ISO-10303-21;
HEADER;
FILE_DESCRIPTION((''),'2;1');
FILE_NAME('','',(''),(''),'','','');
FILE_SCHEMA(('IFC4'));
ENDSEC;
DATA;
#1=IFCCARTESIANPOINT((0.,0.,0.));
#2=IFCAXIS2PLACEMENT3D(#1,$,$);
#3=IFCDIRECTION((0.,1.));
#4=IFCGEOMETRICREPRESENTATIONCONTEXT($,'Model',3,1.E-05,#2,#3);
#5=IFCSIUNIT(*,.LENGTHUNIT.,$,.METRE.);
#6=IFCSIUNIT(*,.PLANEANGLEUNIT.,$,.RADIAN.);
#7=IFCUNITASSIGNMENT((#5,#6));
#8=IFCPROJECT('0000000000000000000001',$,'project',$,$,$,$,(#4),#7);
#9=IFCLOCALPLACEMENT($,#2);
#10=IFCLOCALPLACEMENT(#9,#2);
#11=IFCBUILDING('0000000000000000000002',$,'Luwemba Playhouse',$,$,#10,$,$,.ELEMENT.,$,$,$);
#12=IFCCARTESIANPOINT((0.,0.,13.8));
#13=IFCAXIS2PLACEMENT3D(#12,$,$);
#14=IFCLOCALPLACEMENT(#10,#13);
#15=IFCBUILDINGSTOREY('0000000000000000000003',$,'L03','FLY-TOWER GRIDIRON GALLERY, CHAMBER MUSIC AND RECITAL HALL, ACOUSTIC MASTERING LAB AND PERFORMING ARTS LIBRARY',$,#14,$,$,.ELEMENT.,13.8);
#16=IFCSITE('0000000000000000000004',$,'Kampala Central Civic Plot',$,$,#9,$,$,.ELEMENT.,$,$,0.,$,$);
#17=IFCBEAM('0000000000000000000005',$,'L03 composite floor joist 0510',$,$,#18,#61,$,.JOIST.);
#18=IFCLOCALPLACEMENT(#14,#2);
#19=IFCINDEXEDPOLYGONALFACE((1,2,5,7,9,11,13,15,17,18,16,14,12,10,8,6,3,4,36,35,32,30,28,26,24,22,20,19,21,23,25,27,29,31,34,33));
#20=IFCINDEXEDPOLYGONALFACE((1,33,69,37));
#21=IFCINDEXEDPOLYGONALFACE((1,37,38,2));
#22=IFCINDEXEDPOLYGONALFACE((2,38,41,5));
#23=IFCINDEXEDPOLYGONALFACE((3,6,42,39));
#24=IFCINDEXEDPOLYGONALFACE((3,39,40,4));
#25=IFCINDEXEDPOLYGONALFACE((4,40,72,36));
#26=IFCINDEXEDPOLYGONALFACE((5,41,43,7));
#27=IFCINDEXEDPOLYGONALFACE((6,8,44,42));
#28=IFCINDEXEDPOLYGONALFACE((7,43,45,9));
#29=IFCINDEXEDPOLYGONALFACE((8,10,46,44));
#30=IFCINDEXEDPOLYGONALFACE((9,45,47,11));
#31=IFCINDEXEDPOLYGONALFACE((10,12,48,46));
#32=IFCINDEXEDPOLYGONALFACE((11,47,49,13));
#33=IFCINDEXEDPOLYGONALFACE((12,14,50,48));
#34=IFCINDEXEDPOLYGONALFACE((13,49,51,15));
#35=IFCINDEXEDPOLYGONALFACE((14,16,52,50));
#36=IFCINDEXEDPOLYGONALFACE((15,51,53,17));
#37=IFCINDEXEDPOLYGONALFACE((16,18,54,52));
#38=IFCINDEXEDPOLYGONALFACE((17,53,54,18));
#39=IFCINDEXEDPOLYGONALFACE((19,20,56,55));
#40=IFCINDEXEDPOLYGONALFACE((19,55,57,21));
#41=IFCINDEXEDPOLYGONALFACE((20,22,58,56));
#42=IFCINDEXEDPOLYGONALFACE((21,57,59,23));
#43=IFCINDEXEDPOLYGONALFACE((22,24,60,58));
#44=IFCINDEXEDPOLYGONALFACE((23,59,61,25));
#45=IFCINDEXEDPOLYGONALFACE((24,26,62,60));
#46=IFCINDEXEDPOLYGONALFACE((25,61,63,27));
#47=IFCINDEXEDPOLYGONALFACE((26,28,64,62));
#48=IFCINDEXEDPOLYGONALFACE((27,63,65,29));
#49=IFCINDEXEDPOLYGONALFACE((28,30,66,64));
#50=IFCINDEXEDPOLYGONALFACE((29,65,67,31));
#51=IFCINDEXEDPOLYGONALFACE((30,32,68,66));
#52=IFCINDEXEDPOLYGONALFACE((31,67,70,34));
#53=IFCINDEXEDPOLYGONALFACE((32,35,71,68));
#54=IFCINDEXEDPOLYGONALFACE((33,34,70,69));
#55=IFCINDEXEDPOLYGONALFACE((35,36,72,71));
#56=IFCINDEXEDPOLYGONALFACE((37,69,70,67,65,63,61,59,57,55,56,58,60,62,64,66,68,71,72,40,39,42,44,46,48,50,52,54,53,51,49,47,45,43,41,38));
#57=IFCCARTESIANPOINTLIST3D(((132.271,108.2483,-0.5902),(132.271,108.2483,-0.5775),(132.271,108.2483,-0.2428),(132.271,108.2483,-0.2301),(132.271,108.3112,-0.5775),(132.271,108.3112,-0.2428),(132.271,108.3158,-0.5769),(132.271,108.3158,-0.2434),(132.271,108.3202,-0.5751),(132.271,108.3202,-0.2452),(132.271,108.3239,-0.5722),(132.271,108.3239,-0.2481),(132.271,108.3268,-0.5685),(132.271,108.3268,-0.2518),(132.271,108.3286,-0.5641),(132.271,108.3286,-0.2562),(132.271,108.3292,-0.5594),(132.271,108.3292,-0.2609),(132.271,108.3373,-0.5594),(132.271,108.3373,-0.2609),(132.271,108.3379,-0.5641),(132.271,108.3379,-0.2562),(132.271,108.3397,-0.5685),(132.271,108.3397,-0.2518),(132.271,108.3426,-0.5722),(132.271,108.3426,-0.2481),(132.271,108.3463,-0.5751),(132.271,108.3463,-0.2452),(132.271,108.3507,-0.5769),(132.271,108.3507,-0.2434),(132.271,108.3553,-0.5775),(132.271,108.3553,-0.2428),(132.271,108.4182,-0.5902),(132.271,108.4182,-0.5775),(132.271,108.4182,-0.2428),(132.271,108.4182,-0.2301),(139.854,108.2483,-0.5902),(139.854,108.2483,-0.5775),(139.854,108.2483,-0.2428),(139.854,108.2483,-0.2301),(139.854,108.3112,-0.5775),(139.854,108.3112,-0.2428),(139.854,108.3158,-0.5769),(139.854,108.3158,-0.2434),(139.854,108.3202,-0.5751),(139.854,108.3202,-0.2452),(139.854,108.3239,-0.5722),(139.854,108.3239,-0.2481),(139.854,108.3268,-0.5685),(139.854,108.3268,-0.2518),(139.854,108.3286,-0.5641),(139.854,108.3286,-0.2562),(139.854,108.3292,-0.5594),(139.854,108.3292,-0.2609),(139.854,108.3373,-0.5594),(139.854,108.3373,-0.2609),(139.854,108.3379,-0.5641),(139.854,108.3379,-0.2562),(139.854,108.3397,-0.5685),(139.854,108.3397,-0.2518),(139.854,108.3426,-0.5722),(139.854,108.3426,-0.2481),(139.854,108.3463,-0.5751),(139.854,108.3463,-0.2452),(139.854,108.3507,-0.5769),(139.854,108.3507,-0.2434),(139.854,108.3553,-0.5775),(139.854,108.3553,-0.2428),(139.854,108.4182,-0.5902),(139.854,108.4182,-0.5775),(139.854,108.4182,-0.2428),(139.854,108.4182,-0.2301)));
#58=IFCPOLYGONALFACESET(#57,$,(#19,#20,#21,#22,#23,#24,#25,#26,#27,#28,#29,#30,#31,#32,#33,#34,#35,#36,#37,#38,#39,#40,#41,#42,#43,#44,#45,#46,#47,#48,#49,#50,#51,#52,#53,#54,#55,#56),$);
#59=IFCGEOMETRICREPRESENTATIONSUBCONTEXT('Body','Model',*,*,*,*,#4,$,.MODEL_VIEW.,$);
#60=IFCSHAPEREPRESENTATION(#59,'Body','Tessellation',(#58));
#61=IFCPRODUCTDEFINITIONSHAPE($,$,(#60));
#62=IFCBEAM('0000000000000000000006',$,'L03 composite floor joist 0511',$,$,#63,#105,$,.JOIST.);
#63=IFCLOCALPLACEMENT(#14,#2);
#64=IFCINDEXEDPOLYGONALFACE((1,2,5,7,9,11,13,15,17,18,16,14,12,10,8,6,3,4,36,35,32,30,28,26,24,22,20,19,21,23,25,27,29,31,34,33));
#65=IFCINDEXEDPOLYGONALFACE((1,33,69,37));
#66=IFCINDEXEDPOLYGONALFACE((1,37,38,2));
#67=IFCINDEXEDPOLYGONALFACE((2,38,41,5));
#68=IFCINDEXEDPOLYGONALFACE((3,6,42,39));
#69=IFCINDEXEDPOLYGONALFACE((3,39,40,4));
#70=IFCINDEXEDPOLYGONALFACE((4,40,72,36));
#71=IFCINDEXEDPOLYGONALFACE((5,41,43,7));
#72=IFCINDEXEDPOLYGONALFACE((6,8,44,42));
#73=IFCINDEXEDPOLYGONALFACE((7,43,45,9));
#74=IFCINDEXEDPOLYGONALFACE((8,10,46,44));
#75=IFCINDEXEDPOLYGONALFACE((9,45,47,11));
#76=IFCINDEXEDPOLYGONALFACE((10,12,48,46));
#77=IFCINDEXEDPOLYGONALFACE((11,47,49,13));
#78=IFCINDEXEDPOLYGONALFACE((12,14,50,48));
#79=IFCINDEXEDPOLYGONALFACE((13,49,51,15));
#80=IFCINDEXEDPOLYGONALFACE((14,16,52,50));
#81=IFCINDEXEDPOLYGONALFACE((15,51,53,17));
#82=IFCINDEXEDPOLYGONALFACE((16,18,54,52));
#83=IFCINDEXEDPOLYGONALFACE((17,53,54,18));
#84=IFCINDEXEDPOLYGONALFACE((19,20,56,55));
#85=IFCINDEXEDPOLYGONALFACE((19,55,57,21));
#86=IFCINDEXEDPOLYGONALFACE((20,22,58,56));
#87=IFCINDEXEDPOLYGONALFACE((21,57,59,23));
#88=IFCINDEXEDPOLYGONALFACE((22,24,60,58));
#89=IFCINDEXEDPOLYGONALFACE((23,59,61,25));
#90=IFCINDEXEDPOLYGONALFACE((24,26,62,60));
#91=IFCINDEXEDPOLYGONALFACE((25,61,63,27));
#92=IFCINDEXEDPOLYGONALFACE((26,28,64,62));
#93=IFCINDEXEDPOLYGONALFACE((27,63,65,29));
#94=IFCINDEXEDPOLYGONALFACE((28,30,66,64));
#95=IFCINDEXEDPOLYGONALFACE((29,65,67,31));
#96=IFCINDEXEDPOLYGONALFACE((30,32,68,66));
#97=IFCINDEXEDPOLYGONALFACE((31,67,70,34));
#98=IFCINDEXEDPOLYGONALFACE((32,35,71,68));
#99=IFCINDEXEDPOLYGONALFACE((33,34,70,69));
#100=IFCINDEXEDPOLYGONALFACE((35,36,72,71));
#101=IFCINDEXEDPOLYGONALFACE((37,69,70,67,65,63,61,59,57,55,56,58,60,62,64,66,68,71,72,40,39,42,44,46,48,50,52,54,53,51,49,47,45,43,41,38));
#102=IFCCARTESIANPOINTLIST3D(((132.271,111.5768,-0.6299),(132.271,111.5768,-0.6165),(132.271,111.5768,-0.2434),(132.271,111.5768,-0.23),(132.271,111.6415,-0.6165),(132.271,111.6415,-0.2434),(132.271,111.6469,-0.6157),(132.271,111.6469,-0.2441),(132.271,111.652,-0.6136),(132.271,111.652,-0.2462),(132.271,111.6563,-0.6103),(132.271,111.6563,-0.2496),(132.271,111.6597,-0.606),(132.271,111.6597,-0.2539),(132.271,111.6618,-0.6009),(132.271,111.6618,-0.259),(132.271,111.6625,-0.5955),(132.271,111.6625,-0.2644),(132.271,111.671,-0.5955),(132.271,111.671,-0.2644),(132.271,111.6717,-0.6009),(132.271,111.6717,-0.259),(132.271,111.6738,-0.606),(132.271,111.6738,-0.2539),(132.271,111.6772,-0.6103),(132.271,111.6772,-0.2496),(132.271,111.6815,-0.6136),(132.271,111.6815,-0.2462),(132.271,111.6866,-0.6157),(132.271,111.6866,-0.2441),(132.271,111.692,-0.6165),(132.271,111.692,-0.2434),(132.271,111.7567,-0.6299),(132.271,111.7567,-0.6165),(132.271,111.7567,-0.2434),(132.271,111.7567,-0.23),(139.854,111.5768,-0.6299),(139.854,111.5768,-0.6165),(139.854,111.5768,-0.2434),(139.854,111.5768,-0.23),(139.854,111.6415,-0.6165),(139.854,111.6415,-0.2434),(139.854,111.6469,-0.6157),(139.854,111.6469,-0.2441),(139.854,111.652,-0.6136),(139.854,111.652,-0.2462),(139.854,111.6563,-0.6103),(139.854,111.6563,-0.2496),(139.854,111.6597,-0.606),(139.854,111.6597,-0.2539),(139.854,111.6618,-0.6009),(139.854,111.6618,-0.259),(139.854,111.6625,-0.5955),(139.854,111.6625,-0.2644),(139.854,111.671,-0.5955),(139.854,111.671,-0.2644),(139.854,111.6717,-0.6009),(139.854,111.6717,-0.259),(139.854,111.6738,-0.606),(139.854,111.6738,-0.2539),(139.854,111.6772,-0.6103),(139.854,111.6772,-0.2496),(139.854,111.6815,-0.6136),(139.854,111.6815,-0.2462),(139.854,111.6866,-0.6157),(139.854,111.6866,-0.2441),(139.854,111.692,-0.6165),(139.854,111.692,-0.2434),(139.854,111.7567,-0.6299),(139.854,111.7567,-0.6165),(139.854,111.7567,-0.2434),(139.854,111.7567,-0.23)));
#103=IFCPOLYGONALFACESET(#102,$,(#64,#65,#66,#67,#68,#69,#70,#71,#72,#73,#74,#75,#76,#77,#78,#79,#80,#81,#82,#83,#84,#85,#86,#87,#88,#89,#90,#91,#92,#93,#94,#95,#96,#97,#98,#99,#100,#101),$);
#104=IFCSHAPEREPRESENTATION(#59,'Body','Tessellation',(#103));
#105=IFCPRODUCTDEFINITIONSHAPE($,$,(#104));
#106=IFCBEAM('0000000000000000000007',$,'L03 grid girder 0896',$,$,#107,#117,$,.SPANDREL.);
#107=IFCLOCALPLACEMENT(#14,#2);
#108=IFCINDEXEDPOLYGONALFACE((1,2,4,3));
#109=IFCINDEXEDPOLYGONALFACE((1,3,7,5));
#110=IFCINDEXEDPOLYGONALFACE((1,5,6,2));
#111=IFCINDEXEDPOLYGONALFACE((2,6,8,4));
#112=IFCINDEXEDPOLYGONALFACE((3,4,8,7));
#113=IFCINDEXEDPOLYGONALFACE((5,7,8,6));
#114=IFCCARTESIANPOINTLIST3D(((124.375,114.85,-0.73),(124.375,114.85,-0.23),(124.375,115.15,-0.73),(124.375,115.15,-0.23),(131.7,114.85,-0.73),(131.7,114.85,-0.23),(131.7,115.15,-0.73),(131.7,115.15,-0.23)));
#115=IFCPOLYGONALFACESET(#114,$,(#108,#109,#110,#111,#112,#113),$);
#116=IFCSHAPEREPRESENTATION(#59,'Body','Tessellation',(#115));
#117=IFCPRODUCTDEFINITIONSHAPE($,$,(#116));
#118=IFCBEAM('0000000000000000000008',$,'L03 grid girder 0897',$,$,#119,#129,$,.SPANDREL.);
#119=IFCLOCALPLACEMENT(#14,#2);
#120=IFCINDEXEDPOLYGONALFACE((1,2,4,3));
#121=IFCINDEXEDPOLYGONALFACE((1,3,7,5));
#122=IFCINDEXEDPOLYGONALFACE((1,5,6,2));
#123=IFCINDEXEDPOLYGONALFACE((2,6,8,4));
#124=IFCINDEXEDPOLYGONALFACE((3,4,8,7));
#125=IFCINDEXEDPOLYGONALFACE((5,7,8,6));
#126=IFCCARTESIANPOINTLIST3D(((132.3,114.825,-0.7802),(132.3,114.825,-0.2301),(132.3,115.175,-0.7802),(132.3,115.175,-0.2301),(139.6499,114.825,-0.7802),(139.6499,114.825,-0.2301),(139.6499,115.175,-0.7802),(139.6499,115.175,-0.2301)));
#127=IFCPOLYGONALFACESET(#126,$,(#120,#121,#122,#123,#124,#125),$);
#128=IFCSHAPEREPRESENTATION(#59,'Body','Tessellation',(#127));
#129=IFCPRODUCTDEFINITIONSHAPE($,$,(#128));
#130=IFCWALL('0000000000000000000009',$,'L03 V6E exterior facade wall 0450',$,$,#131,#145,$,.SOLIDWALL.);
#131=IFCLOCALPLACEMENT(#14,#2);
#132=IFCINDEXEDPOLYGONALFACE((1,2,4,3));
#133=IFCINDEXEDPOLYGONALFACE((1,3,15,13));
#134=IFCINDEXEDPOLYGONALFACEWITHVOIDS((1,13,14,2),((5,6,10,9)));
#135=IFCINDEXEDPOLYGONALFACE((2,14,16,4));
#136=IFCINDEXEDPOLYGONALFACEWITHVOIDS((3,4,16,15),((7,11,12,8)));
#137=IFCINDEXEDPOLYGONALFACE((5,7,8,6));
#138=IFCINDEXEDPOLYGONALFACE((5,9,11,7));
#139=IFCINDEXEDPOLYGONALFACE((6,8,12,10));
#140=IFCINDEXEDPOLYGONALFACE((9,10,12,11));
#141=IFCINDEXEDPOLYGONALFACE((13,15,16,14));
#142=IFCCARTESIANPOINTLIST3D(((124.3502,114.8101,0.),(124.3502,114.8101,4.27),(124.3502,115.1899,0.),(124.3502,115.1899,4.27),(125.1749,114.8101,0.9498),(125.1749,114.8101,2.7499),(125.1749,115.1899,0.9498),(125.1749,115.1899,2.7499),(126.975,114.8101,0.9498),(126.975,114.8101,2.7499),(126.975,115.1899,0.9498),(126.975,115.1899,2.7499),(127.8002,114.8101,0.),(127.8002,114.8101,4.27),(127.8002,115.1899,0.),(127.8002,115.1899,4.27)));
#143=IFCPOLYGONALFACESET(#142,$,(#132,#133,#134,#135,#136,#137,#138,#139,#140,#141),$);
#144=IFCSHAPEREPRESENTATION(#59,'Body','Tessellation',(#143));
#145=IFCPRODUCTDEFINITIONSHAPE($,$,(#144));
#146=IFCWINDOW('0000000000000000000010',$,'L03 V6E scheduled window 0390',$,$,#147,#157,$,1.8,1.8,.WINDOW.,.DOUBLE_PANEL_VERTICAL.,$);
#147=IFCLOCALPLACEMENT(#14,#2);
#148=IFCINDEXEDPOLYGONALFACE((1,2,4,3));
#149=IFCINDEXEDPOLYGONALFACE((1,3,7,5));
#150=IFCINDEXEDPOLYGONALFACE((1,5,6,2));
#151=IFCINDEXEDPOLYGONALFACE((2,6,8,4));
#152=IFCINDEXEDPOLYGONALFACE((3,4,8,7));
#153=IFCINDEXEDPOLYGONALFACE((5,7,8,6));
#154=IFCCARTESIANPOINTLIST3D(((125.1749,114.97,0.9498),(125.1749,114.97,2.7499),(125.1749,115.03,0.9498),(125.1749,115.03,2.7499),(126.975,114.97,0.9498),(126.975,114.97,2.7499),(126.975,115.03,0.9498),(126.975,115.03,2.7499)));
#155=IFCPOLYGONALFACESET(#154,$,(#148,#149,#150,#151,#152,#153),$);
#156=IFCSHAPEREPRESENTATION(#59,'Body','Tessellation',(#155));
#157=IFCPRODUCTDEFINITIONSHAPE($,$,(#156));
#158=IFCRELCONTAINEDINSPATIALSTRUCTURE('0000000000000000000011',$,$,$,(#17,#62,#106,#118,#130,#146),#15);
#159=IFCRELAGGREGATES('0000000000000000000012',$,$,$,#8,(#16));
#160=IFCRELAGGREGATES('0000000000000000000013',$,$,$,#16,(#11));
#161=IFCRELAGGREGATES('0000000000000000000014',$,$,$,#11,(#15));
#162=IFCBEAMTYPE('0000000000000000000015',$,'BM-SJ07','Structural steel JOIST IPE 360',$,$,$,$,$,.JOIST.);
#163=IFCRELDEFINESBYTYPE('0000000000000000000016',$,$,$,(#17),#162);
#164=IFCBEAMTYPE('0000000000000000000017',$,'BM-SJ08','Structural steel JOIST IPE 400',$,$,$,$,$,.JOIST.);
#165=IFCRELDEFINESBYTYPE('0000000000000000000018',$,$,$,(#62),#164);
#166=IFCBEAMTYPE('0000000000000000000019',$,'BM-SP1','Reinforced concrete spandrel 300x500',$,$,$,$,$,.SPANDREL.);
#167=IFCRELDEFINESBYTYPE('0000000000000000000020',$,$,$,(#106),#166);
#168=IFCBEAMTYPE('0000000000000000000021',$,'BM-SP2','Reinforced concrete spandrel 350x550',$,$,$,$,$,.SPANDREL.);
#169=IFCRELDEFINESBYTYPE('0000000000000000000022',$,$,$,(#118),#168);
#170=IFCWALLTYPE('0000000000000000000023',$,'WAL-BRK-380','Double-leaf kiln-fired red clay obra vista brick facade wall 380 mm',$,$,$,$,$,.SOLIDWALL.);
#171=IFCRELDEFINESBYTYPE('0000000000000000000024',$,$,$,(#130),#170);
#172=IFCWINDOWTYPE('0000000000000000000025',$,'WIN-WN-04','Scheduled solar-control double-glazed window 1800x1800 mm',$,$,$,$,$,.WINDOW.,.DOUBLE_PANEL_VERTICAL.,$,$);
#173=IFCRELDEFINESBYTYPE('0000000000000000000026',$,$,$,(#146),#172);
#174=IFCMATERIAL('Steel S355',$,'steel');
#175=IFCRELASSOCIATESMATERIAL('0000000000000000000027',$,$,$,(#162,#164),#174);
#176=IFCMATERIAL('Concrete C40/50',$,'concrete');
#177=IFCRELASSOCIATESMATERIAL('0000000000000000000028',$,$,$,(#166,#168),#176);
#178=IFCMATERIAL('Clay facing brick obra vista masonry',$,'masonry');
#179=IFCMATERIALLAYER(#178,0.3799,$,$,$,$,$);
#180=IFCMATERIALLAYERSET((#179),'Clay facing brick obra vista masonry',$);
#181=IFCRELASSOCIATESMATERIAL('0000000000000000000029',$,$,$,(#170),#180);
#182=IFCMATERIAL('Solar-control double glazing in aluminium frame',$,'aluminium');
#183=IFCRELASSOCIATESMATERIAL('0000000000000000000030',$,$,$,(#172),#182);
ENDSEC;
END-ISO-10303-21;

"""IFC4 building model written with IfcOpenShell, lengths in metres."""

from ifc_helpers import new_model, si_unit, direction, frame, frame_2d, origin, origin_2d, place, context, subcontext, project, spatial, rectangle, i_section, extrude, material, layer, layer_set, material_profile, profile_set, type_object, element, fill, save


model = new_model("IFC4")

# Units and contexts
model_context = context("Model", 3, precision=1e-05, world=origin(), true_north=direction((0.0, 1.0)))
body_context = subcontext(model_context, "Body", "Model", "MODEL_VIEW")
ifc_project = project(units=[si_unit("LENGTHUNIT", "METRE"), si_unit("PLANEANGLEUNIT", "RADIAN")], contexts=[model_context])

# Site, building, storey
site_placement = place(None, origin())
site = spatial("IfcSite", under=ifc_project, at=site_placement, Name="Kampala Central Civic Plot", CompositionType="ELEMENT", RefElevation=0.0)
building_placement = place(site_placement, origin())
building = spatial("IfcBuilding", under=site, at=building_placement, Name="Luwemba Playhouse", CompositionType="ELEMENT")
storey_placement = place(building_placement, frame((0.0, 0.0, 13.8)))
storey = spatial("IfcBuildingStorey", under=building, at=storey_placement, Name="L03", Description="FLY-TOWER GRIDIRON GALLERY, CHAMBER MUSIC AND RECITAL HALL, ACOUSTIC MASTERING LAB AND PERFORMING ARTS LIBRARY", CompositionType="ELEMENT", Elevation=13.8)

# Shared definitions
ifc_material_1 = material(Name="Concrete C40/50", Category="concrete")

# Beams
ifc_material_2 = material(Name="Steel S355", Category="steel")
ifc_material_profile_1 = material_profile(ifc_material_2, i_section(OverallWidth=0.1699, OverallDepth=0.3601, WebThickness=0.0081, FlangeThickness=0.0127, FilletRadius=0.0181, at=origin_2d()))
ifc_profile_set_1 = profile_set([ifc_material_profile_1], Name="Steel S355")
beam_type_1 = type_object("IfcBeamType", Name="BM-SJ07", Description="Structural steel JOIST IPE 360", PredefinedType="JOIST", material=ifc_profile_set_1)
beam_1_placement = place(storey_placement, frame((132.271, 108.3333, -0.4102), z_axis=(1.0, 0.0, 0.0), x_axis=(0.0, 1.0, 0.0)))
element("IfcBeam", 1, at=beam_1_placement, inside=storey, type_object=beam_type_1, Name="L03 composite floor joist 0510", PredefinedType="JOIST", context=body_context, shape_type="SweptSolid", body=[
    extrude(i_section(OverallWidth=0.1699, OverallDepth=0.3601, WebThickness=0.0081, FlangeThickness=0.0127, FilletRadius=0.0181, at=origin_2d()), origin(), (0.0, 0.0, 1.0), 7.583),
])
ifc_material_profile_2 = material_profile(ifc_material_2, i_section(OverallWidth=0.1799, OverallDepth=0.3999, WebThickness=0.0085, FlangeThickness=0.0134, FilletRadius=0.021, at=origin_2d()))
ifc_profile_set_2 = profile_set([ifc_material_profile_2], Name="Steel S355")
beam_type_2 = type_object("IfcBeamType", Name="BM-SJ08", Description="Structural steel JOIST IPE 400", PredefinedType="JOIST", material=ifc_profile_set_2)
beam_2_placement = place(storey_placement, frame((132.271, 111.6667, -0.4299), z_axis=(1.0, 0.0, 0.0), x_axis=(0.0, 1.0, 0.0)))
element("IfcBeam", 2, at=beam_2_placement, inside=storey, type_object=beam_type_2, Name="L03 composite floor joist 0511", PredefinedType="JOIST", context=body_context, shape_type="SweptSolid", body=[
    extrude(i_section(OverallWidth=0.1799, OverallDepth=0.3999, WebThickness=0.0085, FlangeThickness=0.0134, FilletRadius=0.021, at=origin_2d()), origin(), (0.0, 0.0, 1.0), 7.583),
])
ifc_material_profile_3 = material_profile(ifc_material_1, rectangle(XDim=0.3, YDim=0.5, at=origin_2d()))
ifc_profile_set_3 = profile_set([ifc_material_profile_3], Name="Concrete C40/50")
beam_type_3 = type_object("IfcBeamType", Name="BM-SP1", Description="Reinforced concrete spandrel 300x500", PredefinedType="SPANDREL", material=ifc_profile_set_3)
beam_3_placement = place(storey_placement, frame((124.375, 115.0, -0.48), z_axis=(1.0, 0.0, 0.0), x_axis=(0.0, 1.0, 0.0)))
element("IfcBeam", 3, at=beam_3_placement, inside=storey, type_object=beam_type_3, Name="L03 grid girder 0896", PredefinedType="SPANDREL", context=body_context, shape_type="SweptSolid", body=[
    extrude(rectangle(XDim=0.3, YDim=0.5, at=origin_2d()), origin(), (0.0, 0.0, 1.0), 7.325),
])
ifc_material_profile_4 = material_profile(ifc_material_1, rectangle(XDim=0.3501, YDim=0.55, at=origin_2d()))
ifc_profile_set_4 = profile_set([ifc_material_profile_4], Name="Concrete C40/50")
beam_type_4 = type_object("IfcBeamType", Name="BM-SP2", Description="Reinforced concrete spandrel 350x550", PredefinedType="SPANDREL", material=ifc_profile_set_4)
beam_4_placement = place(storey_placement, frame((132.3, 115.0, -0.5051), z_axis=(1.0, 0.0, 0.0), x_axis=(0.0, 1.0, 0.0)))
element("IfcBeam", 4, at=beam_4_placement, inside=storey, type_object=beam_type_4, Name="L03 grid girder 0897", PredefinedType="SPANDREL", context=body_context, shape_type="SweptSolid", body=[
    extrude(rectangle(XDim=0.3501, YDim=0.55, at=origin_2d()), origin(), (0.0, 0.0, 1.0), 7.3499),
])

# Wall, opening, window
ifc_material_3 = material(Name="Clay facing brick obra vista masonry", Category="masonry")
ifc_layer_1 = layer(ifc_material_3, 0.3799)
ifc_layer_set_1 = layer_set([ifc_layer_1], Name="Clay facing brick obra vista masonry")
wall_type_1 = type_object("IfcWallType", Name="WAL-BRK-380", Description="Double-leaf kiln-fired red clay obra vista brick facade wall 380 mm", PredefinedType="SOLIDWALL", material=ifc_layer_set_1)
wall_1_placement = place(storey_placement, frame((124.3501, 115.0, 0.0), z_axis=(0.0, 0.0, 1.0), x_axis=(1.0, 0.0, 0.0)))
wall_1 = element("IfcWall", 5, at=wall_1_placement, inside=storey, type_object=wall_type_1, Name="L03 V6E exterior facade wall 0450", PredefinedType="SOLIDWALL", context=body_context, shape_type="SweptSolid", body=[
    extrude(rectangle(XDim=3.45, YDim=0.3799, at=frame_2d((1.7251, 0.0))), origin(), (0.0, 0.0, 1.0), 4.27),
])
opening_1_placement = place(wall_1_placement, frame((0.825, 0.0, 0.95)))
opening_1 = element("IfcOpeningElement", 6, at=opening_1_placement, cuts=wall_1, PredefinedType="OPENING", context=body_context, shape_type="SweptSolid", body=[
    extrude(rectangle(XDim=1.8, YDim=1.8, at=frame_2d((0.8999, 0.8999))), frame((0.0, 0.2, 0.0), z_axis=(0.0, -1.0, 0.0), x_axis=(1.0, 0.0, 0.0)), (0.0, 0.0, 1.0), 0.3999),
])
ifc_material_4 = material(Name="Solar-control double glazing in aluminium frame", Category="aluminium")
window_type_1 = type_object("IfcWindowType", Name="WIN-WN-04", Description="Scheduled solar-control double-glazed window 1800x1800 mm", PartitioningType="DOUBLE_PANEL_VERTICAL", PredefinedType="WINDOW", material=ifc_material_4)
window_1_placement = place(opening_1_placement, origin())
window_1 = element("IfcWindow", 7, at=window_1_placement, inside=storey, type_object=window_type_1, Name="L03 V6E scheduled window 0390", OverallHeight=1.8, OverallWidth=1.8, PartitioningType="DOUBLE_PANEL_VERTICAL", PredefinedType="WINDOW", context=body_context, shape_type="SweptSolid", body=[
    extrude(rectangle(XDim=1.8, YDim=1.8, at=frame_2d((0.8999, 0.8999))), frame((0.0, 0.03, 0.0), z_axis=(0.0, -1.0, 0.0), x_axis=(1.0, 0.0, 0.0)), (0.0, 0.0, 1.0), 0.0601),
])
fill(opening_1, window_1)

save(model, "model.ifc")
